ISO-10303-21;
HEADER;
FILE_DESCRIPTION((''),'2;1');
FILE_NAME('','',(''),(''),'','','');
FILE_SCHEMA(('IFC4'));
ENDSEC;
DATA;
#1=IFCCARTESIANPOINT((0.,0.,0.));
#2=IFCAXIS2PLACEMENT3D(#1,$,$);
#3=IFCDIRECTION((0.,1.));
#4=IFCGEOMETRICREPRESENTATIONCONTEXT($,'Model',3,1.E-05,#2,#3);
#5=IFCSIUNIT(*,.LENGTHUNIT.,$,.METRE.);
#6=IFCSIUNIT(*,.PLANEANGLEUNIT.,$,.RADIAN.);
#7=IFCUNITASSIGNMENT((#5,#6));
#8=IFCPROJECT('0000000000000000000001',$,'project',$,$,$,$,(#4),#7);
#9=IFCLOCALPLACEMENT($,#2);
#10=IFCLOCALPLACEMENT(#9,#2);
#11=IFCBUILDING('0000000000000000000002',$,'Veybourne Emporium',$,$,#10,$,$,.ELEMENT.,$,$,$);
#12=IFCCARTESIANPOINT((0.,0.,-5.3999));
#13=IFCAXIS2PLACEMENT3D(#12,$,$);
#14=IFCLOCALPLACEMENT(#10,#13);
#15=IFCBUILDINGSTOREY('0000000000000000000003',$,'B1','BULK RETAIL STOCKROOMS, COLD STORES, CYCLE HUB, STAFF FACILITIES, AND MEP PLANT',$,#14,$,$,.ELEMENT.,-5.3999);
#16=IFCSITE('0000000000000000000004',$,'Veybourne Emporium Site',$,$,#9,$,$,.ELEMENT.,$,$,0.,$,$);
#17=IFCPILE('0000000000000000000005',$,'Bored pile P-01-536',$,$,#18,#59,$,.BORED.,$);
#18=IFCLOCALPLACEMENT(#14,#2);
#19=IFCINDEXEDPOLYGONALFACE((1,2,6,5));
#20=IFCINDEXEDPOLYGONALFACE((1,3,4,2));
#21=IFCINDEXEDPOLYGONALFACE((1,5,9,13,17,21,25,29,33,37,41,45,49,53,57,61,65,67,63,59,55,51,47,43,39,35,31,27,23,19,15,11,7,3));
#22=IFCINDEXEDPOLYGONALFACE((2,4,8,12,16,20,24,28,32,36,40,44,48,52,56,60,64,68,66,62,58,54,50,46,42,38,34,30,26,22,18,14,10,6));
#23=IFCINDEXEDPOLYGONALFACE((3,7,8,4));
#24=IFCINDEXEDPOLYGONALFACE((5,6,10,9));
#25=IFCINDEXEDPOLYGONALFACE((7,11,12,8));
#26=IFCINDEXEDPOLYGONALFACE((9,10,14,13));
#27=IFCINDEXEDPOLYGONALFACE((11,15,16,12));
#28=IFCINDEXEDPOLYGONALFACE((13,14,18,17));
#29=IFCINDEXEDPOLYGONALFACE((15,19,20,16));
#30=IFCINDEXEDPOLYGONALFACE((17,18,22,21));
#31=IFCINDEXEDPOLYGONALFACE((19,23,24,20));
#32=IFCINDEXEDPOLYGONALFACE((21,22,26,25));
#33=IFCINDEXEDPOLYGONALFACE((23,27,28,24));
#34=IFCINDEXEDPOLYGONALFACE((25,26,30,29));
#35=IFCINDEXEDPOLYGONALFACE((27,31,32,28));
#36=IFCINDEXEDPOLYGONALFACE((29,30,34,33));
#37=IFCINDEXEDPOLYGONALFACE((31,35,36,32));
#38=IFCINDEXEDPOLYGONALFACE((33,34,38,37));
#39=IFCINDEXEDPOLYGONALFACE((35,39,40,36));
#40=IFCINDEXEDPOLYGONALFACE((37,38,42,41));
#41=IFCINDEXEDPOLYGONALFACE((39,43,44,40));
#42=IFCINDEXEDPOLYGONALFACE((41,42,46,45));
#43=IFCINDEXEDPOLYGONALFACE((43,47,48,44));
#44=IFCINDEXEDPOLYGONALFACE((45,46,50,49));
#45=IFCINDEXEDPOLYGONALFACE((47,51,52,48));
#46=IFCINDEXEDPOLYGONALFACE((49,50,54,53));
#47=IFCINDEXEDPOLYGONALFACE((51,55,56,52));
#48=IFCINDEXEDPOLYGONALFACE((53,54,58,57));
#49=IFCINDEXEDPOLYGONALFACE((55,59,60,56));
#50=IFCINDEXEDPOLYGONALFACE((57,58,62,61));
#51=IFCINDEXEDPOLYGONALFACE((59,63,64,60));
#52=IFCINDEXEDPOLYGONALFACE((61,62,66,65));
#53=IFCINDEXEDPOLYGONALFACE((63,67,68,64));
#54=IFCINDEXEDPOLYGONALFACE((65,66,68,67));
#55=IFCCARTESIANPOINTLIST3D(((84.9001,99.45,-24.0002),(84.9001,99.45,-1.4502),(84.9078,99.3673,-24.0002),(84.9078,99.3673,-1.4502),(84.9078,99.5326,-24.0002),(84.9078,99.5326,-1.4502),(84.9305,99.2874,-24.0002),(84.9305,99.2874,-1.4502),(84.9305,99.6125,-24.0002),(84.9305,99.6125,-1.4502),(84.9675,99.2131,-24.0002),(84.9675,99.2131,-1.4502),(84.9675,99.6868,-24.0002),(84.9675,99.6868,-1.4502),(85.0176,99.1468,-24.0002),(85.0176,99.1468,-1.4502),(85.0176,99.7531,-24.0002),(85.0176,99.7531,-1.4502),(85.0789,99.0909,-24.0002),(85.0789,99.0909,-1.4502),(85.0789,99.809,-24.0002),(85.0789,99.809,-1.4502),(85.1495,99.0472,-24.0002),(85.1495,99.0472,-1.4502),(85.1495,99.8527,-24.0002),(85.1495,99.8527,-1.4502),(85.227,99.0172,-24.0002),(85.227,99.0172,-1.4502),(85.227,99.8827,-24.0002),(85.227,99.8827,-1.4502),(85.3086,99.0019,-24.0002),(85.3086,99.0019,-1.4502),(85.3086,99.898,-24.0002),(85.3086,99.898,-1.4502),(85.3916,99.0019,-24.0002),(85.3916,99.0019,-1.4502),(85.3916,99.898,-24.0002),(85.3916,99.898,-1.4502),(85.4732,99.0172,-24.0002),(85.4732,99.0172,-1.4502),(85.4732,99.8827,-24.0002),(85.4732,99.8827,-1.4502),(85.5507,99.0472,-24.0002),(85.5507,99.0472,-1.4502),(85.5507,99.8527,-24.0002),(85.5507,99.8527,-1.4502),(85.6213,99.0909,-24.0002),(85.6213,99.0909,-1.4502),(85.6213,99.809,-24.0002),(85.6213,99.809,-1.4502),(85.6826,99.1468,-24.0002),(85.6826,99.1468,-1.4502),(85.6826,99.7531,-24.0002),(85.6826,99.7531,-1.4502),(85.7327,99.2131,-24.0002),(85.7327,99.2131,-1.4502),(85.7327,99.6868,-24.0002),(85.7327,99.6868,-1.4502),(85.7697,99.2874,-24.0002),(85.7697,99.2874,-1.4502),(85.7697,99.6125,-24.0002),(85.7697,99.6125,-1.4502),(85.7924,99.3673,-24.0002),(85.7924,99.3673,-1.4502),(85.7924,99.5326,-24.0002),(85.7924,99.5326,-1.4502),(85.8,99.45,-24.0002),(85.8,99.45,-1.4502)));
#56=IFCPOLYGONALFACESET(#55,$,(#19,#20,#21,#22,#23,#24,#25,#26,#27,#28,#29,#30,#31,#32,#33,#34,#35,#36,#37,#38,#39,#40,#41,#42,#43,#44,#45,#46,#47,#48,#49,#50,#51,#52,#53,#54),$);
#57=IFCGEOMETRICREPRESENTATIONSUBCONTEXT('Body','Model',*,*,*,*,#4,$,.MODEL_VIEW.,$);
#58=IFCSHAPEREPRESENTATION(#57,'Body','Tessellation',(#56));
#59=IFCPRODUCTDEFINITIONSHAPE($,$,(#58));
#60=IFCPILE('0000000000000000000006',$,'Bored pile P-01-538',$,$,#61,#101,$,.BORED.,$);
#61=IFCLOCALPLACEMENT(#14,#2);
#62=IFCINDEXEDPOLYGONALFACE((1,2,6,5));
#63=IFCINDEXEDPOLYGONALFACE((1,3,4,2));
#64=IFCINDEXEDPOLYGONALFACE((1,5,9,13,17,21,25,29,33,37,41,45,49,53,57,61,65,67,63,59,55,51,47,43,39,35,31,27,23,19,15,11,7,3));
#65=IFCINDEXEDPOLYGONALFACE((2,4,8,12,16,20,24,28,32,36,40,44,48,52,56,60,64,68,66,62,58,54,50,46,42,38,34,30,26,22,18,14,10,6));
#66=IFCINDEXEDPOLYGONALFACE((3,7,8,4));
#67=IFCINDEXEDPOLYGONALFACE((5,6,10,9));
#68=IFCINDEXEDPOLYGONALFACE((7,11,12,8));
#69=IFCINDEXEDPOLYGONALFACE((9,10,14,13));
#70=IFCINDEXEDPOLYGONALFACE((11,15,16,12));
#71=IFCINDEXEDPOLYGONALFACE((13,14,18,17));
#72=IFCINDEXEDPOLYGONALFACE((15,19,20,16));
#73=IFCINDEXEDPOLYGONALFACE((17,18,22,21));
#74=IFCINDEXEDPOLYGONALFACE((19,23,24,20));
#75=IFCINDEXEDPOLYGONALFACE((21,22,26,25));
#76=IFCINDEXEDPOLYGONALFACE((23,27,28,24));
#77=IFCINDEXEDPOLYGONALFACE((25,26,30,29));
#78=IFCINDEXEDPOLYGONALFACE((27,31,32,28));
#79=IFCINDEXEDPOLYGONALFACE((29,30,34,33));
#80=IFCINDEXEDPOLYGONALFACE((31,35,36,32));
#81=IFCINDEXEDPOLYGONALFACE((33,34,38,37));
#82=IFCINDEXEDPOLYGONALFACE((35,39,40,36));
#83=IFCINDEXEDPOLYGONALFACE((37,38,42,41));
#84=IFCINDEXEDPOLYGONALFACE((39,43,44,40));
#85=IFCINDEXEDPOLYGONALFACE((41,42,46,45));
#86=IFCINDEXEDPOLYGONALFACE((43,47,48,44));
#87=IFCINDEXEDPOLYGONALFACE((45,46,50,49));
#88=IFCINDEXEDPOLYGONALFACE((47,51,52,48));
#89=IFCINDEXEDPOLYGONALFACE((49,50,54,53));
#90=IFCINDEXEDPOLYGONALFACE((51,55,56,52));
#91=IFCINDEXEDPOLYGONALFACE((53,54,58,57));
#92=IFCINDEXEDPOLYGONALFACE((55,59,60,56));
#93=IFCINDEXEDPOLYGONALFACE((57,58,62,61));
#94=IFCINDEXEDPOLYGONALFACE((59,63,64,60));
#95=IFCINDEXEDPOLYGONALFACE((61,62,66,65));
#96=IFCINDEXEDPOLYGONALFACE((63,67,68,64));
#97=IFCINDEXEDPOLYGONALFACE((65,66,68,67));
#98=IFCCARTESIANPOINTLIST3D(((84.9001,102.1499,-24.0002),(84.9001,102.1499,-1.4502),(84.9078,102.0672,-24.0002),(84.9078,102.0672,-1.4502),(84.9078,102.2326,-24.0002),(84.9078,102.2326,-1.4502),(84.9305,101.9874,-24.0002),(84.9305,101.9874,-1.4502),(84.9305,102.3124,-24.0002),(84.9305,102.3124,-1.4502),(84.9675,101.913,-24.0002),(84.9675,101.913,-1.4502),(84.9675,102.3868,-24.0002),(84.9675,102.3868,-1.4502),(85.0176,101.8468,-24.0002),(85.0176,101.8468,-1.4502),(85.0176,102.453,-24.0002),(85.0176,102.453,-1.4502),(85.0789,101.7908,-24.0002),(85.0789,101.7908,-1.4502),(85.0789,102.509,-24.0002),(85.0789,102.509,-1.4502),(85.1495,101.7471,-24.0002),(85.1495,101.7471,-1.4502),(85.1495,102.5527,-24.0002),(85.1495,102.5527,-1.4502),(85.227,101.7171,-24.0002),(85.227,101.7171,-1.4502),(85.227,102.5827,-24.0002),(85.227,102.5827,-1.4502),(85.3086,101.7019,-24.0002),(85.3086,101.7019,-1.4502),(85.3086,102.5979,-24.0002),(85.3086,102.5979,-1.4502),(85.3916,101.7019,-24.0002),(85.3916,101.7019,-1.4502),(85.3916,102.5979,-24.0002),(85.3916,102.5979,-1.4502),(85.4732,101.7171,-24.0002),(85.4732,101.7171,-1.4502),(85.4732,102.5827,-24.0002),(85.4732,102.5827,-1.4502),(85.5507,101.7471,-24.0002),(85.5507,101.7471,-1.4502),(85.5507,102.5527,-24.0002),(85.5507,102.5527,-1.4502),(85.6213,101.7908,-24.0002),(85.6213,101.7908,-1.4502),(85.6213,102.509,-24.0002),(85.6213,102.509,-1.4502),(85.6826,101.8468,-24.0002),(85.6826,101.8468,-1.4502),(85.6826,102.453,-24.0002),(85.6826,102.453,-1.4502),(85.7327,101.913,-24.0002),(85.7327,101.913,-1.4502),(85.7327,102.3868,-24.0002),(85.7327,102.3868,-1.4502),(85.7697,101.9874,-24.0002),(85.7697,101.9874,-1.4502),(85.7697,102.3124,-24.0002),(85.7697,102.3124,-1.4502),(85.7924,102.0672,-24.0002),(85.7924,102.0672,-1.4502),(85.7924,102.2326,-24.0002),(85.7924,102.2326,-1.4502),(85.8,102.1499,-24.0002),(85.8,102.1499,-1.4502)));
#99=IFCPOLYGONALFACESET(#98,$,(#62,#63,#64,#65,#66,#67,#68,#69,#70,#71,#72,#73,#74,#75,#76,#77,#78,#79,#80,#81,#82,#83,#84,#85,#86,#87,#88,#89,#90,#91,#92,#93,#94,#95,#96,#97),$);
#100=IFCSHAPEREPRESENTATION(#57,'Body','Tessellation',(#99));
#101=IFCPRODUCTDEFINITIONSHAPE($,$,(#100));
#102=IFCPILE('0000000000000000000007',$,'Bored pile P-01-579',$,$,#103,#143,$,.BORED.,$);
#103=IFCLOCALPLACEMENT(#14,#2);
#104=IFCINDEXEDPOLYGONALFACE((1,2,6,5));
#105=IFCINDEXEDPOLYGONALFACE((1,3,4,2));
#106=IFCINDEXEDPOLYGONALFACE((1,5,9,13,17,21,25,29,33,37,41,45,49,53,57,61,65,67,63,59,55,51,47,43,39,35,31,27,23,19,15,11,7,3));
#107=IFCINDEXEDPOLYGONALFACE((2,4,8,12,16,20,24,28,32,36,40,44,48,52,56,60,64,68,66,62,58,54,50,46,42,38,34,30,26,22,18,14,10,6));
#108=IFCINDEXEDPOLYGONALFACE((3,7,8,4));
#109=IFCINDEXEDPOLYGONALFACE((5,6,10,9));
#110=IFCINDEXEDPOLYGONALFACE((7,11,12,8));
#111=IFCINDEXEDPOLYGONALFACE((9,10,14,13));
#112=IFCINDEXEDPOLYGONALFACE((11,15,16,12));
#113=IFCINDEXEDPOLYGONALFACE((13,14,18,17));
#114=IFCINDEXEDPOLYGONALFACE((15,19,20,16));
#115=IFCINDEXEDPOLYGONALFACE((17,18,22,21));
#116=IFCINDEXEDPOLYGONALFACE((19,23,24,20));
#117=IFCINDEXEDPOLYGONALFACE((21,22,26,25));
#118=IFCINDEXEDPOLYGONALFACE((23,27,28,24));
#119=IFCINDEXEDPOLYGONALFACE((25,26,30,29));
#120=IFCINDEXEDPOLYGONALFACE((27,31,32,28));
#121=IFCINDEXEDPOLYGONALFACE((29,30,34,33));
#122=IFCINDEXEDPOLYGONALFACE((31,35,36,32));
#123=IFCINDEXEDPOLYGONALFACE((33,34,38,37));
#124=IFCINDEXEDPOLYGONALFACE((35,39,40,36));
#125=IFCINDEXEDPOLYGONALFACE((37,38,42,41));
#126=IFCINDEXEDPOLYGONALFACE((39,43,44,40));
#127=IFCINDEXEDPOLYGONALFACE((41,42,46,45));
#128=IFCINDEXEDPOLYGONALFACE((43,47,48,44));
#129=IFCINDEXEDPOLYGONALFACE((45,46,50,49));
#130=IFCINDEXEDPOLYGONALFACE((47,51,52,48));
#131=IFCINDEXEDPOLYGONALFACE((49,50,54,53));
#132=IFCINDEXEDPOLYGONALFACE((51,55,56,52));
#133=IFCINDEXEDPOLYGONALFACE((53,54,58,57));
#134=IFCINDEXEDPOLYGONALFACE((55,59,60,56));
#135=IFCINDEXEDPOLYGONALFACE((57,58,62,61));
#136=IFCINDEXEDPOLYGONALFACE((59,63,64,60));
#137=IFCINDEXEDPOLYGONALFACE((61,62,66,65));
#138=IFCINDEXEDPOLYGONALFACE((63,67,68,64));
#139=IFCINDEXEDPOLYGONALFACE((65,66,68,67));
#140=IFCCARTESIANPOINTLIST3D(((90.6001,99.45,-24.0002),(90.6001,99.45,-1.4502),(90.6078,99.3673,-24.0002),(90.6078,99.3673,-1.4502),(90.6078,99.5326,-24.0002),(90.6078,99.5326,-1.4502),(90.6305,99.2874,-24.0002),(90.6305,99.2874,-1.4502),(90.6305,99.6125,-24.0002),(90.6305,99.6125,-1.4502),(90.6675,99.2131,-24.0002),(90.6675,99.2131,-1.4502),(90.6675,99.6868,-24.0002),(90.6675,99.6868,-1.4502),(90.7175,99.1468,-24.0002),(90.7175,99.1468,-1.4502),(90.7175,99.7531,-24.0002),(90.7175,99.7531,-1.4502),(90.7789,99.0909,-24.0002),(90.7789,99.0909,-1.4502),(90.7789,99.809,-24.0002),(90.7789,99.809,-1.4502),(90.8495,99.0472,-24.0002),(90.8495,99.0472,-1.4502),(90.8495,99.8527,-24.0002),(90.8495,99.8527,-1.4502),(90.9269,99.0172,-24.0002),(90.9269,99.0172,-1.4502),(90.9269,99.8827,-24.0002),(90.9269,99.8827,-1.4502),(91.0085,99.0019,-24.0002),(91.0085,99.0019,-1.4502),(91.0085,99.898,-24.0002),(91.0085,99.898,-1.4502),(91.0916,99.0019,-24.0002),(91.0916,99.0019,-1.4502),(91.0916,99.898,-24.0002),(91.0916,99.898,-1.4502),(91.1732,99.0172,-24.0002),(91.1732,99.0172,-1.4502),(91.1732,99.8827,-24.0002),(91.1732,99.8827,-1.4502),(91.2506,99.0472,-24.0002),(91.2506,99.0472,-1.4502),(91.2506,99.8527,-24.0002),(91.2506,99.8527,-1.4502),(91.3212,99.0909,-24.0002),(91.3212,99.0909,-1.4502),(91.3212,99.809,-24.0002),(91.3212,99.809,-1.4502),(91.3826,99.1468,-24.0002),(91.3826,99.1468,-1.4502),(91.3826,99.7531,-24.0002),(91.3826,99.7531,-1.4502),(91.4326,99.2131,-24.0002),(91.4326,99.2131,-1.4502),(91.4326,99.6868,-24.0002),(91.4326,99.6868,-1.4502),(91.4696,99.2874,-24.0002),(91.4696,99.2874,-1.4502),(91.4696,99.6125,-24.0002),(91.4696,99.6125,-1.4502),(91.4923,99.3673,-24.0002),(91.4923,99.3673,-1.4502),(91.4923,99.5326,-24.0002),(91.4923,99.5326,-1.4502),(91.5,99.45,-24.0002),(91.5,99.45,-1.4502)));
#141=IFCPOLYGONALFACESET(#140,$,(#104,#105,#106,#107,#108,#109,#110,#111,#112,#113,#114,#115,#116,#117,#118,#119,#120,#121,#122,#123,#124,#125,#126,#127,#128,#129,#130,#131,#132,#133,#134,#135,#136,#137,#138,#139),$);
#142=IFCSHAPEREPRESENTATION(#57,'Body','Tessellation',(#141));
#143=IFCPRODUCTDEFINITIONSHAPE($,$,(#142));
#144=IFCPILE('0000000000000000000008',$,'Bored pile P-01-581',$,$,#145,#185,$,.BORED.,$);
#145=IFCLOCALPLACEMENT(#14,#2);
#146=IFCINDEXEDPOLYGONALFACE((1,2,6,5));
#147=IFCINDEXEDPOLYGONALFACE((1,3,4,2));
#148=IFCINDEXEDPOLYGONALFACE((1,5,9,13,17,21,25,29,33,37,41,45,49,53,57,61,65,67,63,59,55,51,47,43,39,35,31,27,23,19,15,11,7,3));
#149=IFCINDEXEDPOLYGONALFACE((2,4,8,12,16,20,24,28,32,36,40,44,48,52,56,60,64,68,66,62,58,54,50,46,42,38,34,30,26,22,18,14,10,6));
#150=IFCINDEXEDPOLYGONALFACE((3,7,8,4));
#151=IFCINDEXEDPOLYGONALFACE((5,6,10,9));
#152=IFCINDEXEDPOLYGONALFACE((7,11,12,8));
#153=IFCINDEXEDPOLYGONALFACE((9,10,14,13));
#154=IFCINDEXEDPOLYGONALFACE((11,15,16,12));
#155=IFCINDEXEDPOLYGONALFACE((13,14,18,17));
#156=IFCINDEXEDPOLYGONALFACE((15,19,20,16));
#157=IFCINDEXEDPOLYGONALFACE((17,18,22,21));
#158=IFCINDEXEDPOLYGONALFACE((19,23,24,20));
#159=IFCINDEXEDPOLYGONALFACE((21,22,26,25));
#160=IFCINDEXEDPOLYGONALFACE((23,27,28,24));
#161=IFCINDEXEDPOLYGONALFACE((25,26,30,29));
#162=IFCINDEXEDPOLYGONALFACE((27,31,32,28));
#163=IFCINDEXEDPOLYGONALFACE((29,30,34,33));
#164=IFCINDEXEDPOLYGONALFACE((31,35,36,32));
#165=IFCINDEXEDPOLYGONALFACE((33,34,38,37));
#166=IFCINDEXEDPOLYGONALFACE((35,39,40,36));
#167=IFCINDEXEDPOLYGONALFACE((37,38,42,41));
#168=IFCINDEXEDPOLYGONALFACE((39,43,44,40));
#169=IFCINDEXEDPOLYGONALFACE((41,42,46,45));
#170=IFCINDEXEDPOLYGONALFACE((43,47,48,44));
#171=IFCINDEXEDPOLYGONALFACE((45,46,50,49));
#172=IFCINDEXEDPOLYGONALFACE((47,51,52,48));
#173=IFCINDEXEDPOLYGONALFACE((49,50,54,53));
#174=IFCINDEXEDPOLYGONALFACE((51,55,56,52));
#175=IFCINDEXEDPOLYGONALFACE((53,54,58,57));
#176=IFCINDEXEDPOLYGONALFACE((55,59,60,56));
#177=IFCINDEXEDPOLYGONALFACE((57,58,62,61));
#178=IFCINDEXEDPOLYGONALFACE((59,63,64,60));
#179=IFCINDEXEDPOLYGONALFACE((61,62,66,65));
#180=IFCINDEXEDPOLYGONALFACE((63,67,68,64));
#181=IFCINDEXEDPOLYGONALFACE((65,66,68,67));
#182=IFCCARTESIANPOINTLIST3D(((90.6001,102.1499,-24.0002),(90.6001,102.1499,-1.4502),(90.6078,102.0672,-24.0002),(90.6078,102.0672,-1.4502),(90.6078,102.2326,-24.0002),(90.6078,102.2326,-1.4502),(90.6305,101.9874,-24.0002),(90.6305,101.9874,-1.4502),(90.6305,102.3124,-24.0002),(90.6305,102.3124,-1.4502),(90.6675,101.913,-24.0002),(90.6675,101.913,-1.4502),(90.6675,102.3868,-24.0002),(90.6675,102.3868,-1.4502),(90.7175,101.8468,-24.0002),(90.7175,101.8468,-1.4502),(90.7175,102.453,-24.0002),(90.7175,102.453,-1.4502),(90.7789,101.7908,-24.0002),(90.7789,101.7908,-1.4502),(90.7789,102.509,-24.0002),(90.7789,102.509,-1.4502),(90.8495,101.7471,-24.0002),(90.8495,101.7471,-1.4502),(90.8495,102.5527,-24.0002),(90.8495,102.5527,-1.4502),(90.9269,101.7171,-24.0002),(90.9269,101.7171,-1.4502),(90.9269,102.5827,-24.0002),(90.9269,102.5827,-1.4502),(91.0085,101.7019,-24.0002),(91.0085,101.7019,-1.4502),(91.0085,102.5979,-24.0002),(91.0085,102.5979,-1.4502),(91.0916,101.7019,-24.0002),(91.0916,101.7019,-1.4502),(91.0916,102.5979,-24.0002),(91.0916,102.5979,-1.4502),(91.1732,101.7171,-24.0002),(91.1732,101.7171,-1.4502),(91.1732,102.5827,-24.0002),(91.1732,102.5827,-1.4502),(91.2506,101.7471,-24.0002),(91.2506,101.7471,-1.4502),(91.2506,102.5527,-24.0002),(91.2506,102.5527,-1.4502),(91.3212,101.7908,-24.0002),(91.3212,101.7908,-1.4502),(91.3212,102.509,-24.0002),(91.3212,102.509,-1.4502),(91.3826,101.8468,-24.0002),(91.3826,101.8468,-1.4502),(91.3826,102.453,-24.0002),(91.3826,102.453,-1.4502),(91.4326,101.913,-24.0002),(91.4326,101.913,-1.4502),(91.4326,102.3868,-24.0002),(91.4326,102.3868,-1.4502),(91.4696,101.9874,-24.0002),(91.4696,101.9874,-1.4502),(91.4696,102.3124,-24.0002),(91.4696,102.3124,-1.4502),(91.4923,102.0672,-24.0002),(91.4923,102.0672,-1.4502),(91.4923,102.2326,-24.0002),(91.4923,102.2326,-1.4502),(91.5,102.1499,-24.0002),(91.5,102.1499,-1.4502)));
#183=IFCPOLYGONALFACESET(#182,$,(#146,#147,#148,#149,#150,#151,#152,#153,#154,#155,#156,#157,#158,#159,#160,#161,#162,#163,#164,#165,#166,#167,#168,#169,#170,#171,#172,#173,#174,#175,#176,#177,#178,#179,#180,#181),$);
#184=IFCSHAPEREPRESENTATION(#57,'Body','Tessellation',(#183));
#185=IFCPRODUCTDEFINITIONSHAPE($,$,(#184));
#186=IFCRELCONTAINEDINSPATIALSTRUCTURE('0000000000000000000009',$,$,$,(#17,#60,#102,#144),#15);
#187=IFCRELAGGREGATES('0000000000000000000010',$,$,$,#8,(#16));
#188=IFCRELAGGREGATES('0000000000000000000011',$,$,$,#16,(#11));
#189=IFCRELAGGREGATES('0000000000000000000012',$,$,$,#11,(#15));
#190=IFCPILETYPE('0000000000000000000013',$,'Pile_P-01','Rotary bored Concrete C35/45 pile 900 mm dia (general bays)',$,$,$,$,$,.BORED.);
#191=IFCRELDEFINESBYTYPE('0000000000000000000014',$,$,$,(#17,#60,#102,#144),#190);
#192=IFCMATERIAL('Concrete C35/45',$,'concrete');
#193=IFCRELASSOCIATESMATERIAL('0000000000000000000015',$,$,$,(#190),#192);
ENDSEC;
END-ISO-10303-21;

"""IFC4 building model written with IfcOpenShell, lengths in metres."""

from ifc_helpers import new_model, si_unit, direction, frame, origin, origin_2d, place, context, subcontext, project, spatial, circle, extrude, material, material_profile, profile_set, type_object, element, save


model = new_model("IFC4")

# Units and contexts
model_context = context("Model", 3, precision=1e-05, world=origin(), true_north=direction((0.0, 1.0)))
body_context = subcontext(model_context, "Body", "Model", "MODEL_VIEW")
ifc_project = project(units=[si_unit("LENGTHUNIT", "METRE"), si_unit("PLANEANGLEUNIT", "RADIAN")], contexts=[model_context])

# Site, building, storey
site_placement = place(None, origin())
site = spatial("IfcSite", under=ifc_project, at=site_placement, Name="Veybourne Emporium Site", CompositionType="ELEMENT", RefElevation=0.0)
building_placement = place(site_placement, origin())
building = spatial("IfcBuilding", under=site, at=building_placement, Name="Veybourne Emporium", CompositionType="ELEMENT")
storey_placement = place(building_placement, frame((0.0, 0.0, -5.3999)))
storey = spatial("IfcBuildingStorey", under=building, at=storey_placement, Name="B1", Description="BULK RETAIL STOCKROOMS, COLD STORES, CYCLE HUB, STAFF FACILITIES, AND MEP PLANT", CompositionType="ELEMENT", Elevation=-5.3999)

# Shared definitions
ifc_material_1 = material(Name="Concrete C35/45", Category="concrete")

# Piles
ifc_material_profile_1 = material_profile(ifc_material_1, circle(Radius=0.45, at=origin_2d()), Name="BORED PILE 900")
ifc_profile_set_1 = profile_set([ifc_material_profile_1], Name="Concrete C35/45")
pile_type_1 = type_object("IfcPileType", Name="Pile_P-01", Description="Rotary bored Concrete C35/45 pile 900 mm dia (general bays)", PredefinedType="BORED", material=ifc_profile_set_1)
for number, where, z_axis, x_axis, name in (
    (1, (85.3501, 99.45, -1.4502), (0.0, 0.0, -1.0), (1.0, 0.0, 0.0), "Bored pile P-01-536"),
    (2, (85.3501, 102.1499, -1.4502), (0.0, 0.0, -1.0), (1.0, 0.0, 0.0), "Bored pile P-01-538"),
    (3, (91.05, 99.45, -1.4502), (0.0, 0.0, -1.0), (1.0, 0.0, 0.0), "Bored pile P-01-579"),
    (4, (91.05, 102.1499, -1.4502), (0.0, 0.0, -1.0), (1.0, 0.0, 0.0), "Bored pile P-01-581"),
):
    element("IfcPile", number, at=place(storey_placement, frame(where, z_axis=z_axis, x_axis=x_axis)), inside=storey, type_object=pile_type_1, Name=name, PredefinedType="BORED", context=body_context, shape_type="SweptSolid", body=[
        extrude(circle(Radius=0.45, at=origin_2d()), origin(), (0.0, 0.0, 1.0), 22.55),
    ])

save(model, "model.ifc")
